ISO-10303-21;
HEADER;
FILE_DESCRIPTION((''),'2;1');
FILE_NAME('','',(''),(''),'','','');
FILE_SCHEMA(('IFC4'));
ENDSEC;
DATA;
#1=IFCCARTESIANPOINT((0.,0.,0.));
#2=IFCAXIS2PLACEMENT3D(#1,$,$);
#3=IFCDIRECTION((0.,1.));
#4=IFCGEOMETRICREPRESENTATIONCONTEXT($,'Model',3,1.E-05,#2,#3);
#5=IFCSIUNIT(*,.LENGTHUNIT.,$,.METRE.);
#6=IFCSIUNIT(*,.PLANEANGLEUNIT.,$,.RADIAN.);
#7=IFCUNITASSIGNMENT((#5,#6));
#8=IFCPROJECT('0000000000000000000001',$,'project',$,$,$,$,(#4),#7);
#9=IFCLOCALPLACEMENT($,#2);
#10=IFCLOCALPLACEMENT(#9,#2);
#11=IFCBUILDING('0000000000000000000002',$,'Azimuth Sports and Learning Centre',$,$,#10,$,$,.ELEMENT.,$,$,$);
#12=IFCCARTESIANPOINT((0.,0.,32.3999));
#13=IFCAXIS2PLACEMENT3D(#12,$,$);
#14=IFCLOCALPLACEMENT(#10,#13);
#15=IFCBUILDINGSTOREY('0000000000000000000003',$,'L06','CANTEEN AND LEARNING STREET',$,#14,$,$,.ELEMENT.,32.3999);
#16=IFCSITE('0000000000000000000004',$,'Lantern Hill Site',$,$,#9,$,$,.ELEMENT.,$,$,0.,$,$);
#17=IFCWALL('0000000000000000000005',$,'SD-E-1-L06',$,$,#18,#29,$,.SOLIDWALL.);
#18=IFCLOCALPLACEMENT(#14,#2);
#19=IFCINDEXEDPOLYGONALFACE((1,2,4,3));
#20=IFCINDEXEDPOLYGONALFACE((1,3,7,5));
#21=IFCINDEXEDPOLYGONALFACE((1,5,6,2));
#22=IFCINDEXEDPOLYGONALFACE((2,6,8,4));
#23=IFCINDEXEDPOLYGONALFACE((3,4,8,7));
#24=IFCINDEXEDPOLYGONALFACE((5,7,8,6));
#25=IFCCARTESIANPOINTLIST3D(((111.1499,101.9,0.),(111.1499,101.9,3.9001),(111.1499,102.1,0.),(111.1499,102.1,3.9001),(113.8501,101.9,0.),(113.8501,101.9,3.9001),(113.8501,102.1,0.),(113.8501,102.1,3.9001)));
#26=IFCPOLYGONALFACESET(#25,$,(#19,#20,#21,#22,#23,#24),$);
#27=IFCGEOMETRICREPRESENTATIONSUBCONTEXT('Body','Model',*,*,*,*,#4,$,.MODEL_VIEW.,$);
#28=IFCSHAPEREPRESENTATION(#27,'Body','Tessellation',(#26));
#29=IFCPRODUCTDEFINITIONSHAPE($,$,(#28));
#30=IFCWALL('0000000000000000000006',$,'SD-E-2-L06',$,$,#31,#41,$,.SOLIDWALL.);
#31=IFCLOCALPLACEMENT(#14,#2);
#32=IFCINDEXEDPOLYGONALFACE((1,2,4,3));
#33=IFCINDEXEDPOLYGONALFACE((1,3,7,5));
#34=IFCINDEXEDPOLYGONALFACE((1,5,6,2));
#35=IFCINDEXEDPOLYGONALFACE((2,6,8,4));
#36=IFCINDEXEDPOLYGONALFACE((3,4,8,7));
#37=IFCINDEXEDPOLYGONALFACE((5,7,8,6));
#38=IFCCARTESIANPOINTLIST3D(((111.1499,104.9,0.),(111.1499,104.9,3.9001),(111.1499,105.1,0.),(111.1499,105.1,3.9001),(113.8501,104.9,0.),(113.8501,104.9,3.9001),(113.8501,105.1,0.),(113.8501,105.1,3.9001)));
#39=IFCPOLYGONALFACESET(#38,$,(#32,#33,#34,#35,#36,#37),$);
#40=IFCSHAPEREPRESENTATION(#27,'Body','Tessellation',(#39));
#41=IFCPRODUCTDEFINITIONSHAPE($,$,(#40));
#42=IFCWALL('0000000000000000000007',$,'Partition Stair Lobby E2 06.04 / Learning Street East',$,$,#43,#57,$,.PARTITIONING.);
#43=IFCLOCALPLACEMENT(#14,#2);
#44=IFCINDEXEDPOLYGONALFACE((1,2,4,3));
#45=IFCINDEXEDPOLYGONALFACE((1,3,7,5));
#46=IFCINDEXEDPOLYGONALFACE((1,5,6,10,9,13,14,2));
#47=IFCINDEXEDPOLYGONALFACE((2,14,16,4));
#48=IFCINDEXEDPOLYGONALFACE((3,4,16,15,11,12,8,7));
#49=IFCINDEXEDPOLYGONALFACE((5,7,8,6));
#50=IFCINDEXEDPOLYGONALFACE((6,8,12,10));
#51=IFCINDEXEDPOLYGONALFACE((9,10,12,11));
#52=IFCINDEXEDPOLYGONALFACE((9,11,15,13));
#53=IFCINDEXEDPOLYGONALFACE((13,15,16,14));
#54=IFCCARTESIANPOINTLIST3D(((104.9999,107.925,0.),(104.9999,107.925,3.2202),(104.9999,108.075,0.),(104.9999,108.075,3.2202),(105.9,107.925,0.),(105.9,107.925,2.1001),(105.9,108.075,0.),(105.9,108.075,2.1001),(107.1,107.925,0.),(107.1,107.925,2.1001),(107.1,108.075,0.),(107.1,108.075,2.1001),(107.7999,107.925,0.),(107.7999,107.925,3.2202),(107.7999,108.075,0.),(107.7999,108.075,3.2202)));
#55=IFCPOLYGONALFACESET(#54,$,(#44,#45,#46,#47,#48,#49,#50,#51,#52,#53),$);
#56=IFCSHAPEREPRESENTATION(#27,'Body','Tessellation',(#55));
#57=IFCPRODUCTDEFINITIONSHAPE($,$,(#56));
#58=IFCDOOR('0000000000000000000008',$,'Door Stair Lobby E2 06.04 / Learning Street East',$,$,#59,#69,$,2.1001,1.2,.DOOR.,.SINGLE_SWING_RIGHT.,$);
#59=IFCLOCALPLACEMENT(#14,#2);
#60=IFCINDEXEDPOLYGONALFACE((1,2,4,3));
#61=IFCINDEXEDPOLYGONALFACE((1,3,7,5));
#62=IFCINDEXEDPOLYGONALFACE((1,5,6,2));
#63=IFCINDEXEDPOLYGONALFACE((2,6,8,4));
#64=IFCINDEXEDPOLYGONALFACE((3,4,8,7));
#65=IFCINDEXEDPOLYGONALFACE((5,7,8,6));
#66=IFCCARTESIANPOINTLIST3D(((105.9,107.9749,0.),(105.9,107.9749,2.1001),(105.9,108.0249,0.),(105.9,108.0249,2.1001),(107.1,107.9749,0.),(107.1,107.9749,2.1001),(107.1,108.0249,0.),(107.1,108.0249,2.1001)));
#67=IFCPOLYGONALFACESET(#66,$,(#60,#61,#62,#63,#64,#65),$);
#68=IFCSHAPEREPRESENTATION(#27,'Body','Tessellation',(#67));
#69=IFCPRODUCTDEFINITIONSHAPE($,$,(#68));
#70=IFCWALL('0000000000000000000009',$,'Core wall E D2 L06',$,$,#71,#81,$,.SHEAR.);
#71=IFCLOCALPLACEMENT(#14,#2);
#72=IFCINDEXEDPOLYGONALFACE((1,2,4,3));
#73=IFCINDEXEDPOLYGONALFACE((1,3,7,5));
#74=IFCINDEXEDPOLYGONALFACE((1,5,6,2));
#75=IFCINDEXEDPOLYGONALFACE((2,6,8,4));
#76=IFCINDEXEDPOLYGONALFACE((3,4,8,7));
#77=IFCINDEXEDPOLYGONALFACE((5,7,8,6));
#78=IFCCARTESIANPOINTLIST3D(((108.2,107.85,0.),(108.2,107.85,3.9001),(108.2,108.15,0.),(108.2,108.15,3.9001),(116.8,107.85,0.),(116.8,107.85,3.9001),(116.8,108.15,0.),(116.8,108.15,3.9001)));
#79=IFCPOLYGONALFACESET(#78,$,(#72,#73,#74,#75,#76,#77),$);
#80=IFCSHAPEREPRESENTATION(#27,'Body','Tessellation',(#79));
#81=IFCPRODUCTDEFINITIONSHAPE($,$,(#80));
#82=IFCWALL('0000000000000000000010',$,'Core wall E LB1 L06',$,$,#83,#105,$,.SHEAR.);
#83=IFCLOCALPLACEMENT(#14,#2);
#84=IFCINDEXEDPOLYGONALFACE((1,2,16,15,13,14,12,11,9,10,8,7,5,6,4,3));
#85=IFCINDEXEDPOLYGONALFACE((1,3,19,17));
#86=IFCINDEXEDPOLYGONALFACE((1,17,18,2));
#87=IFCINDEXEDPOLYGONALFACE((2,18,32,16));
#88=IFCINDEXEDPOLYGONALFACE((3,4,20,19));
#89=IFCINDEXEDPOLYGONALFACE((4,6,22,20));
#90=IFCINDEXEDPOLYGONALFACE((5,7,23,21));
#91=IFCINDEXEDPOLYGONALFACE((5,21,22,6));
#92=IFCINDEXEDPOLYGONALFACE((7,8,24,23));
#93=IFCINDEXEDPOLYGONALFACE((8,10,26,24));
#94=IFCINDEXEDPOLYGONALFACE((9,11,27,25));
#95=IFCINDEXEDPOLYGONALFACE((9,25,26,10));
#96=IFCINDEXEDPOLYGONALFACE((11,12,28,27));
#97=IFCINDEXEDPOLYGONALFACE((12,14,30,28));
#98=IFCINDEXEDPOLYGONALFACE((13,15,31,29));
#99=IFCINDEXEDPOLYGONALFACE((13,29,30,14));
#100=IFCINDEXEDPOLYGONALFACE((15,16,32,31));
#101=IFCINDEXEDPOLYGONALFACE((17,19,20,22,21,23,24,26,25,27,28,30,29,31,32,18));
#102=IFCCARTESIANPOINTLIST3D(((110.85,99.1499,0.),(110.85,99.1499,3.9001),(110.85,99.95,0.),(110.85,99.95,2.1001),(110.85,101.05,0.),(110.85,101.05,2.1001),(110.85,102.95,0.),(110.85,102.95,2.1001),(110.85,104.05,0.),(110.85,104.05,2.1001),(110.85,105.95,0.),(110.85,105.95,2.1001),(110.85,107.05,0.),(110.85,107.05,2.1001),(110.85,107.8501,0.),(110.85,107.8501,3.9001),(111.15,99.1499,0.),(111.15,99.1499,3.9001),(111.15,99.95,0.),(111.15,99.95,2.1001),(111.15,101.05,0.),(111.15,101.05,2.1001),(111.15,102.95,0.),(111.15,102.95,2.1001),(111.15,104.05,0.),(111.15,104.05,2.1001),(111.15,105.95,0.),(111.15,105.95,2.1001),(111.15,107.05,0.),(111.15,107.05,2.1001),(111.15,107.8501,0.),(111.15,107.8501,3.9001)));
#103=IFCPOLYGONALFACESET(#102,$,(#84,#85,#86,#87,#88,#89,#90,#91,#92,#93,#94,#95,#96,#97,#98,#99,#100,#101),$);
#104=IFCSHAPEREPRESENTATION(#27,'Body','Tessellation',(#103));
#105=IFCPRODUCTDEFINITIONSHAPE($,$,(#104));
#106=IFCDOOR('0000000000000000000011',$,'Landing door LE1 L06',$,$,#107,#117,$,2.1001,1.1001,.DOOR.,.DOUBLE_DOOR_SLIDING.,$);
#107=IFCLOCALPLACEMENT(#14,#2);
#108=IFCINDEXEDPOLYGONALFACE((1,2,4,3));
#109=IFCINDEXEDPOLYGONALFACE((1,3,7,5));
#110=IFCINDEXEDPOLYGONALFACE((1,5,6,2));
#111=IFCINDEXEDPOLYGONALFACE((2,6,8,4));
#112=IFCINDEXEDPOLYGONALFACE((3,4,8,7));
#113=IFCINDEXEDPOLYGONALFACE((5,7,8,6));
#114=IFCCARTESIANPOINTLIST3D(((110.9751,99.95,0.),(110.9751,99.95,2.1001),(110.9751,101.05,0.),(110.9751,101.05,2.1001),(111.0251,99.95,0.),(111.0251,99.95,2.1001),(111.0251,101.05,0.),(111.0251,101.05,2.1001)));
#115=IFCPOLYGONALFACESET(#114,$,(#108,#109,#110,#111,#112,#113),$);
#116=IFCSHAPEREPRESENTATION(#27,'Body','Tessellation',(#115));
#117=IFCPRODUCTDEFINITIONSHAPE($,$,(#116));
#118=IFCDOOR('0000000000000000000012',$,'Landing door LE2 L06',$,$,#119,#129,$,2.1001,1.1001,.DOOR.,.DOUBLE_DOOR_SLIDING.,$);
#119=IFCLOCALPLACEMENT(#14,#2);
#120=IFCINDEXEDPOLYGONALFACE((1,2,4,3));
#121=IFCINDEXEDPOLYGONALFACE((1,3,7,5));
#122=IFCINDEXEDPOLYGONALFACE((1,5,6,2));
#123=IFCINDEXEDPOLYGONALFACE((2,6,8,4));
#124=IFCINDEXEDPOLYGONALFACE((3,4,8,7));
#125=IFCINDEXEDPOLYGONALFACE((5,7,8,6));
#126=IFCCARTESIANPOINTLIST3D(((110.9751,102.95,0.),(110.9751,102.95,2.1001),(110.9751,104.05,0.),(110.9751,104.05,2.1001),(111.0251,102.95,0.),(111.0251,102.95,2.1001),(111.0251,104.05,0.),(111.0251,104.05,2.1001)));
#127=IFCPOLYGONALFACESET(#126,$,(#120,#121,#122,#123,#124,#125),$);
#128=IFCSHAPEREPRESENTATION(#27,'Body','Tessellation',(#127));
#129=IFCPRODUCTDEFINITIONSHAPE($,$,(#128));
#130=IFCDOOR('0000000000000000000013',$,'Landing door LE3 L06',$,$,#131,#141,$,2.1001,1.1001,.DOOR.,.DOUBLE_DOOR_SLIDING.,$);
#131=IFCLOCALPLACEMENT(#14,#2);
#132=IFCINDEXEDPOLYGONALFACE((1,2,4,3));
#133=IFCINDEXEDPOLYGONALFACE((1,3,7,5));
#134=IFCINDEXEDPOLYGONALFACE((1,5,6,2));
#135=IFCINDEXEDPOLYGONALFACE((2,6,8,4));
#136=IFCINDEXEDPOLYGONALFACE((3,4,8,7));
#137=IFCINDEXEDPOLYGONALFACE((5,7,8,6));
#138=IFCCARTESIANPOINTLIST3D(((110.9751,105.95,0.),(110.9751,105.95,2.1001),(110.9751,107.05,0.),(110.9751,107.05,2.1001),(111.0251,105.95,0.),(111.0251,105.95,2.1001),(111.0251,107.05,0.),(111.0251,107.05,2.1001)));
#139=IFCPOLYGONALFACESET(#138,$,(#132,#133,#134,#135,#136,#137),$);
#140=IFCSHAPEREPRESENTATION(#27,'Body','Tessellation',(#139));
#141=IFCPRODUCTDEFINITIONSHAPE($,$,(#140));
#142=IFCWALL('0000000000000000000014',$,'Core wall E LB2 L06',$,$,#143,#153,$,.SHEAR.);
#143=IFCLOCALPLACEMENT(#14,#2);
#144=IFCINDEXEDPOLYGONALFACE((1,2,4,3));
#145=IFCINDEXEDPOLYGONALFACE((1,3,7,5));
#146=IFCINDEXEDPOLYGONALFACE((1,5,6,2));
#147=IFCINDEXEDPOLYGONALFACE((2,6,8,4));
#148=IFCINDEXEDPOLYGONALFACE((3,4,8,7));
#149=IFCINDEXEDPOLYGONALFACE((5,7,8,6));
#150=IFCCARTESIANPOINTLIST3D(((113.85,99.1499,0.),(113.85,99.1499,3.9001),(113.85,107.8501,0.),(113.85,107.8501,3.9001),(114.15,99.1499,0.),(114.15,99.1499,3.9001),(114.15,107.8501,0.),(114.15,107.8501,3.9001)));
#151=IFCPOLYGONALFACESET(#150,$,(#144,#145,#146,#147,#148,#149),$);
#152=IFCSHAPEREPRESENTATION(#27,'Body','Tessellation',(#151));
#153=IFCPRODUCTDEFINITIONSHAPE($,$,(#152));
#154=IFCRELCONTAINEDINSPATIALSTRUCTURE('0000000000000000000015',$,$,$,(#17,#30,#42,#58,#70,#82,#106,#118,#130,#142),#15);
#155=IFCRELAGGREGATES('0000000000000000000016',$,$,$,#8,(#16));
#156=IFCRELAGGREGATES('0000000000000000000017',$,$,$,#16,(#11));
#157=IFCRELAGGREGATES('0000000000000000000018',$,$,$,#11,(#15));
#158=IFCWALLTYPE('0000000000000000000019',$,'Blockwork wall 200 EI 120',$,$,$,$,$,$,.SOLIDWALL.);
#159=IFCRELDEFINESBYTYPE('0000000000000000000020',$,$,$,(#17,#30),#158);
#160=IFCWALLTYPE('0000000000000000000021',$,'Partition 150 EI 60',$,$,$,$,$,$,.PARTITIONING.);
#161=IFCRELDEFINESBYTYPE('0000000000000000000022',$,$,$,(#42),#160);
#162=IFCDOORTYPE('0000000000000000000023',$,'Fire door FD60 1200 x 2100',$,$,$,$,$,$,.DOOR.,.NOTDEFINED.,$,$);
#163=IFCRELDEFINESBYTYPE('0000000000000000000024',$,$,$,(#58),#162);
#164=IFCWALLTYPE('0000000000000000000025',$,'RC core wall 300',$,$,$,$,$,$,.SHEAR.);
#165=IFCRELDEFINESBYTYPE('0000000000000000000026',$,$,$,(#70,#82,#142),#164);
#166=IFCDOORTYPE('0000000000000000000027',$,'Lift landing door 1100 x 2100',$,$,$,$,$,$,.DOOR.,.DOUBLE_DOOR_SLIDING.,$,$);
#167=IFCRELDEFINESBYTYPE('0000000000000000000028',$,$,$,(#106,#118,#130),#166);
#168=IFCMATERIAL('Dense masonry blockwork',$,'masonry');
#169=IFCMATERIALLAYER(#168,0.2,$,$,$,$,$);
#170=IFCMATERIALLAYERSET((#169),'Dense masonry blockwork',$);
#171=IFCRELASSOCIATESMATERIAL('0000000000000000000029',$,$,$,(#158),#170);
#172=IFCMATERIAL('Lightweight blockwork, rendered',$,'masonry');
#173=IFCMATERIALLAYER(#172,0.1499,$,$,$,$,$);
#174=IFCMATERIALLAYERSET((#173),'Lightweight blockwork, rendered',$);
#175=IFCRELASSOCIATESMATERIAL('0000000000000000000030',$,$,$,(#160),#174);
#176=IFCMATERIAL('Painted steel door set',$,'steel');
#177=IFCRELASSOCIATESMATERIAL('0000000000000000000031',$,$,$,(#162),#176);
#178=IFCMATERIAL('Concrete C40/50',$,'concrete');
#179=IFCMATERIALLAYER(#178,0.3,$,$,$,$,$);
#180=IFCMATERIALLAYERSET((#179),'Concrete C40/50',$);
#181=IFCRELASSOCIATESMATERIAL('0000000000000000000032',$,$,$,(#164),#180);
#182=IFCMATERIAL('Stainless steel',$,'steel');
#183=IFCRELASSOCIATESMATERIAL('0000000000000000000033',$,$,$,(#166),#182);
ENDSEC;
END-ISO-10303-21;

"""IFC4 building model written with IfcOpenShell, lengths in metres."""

from ifc_helpers import new_model, si_unit, direction, frame, frame_2d, origin, place, context, subcontext, project, spatial, rectangle, extrude, material, layer, layer_set, type_object, element, fill, save


model = new_model("IFC4")

# Units and contexts
model_context = context("Model", 3, precision=1e-05, world=origin(), true_north=direction((0.0, 1.0)))
body_context = subcontext(model_context, "Body", "Model", "MODEL_VIEW")
ifc_project = project(units=[si_unit("LENGTHUNIT", "METRE"), si_unit("PLANEANGLEUNIT", "RADIAN")], contexts=[model_context])

# Site, building, storey
site_placement = place(None, origin())
site = spatial("IfcSite", under=ifc_project, at=site_placement, Name="Lantern Hill Site", CompositionType="ELEMENT", RefElevation=0.0)
building_placement = place(site_placement, origin())
building = spatial("IfcBuilding", under=site, at=building_placement, Name="Azimuth Sports and Learning Centre", CompositionType="ELEMENT")
storey_placement = place(building_placement, frame((0.0, 0.0, 32.3999)))
storey = spatial("IfcBuildingStorey", under=building, at=storey_placement, Name="L06", Description="CANTEEN AND LEARNING STREET", CompositionType="ELEMENT", Elevation=32.3999)

# Walls
ifc_material_1 = material(Name="Dense masonry blockwork", Category="masonry")
ifc_layer_1 = layer(ifc_material_1, 0.2)
ifc_layer_set_1 = layer_set([ifc_layer_1], Name="Dense masonry blockwork")
wall_type_1 = type_object("IfcWallType", Name="Blockwork wall 200 EI 120", PredefinedType="SOLIDWALL", material=ifc_layer_set_1)
for number, where, z_axis, x_axis, name in (
    (1, (111.1499, 102.0, 0.0), (0.0, 0.0, 1.0), (1.0, 0.0, 0.0), "SD-E-1-L06"),
    (2, (111.1499, 105.0, 0.0), (0.0, 0.0, 1.0), (1.0, 0.0, 0.0), "SD-E-2-L06"),
):
    element("IfcWall", number, at=place(storey_placement, frame(where, z_axis=z_axis, x_axis=x_axis)), inside=storey, type_object=wall_type_1, Name=name, PredefinedType="SOLIDWALL", context=body_context, shape_type="SweptSolid", body=[
        extrude(rectangle(XDim=2.7002, YDim=0.2, at=frame_2d((1.3501, 0.0))), origin(), (0.0, 0.0, 1.0), 3.9001),
    ])

# Wall, opening, door
ifc_material_2 = material(Name="Lightweight blockwork, rendered", Category="masonry")
ifc_layer_2 = layer(ifc_material_2, 0.1499)
ifc_layer_set_2 = layer_set([ifc_layer_2], Name="Lightweight blockwork, rendered")
wall_type_2 = type_object("IfcWallType", Name="Partition 150 EI 60", PredefinedType="PARTITIONING", material=ifc_layer_set_2)
wall_1_placement = place(storey_placement, frame((105.0, 108.0, 0.0), z_axis=(0.0, 0.0, 1.0), x_axis=(1.0, 0.0, 0.0)))
wall_1 = element("IfcWall", 3, at=wall_1_placement, inside=storey, type_object=wall_type_2, Name="Partition Stair Lobby E2 06.04 / Learning Street East", PredefinedType="PARTITIONING", context=body_context, shape_type="SweptSolid", body=[
    extrude(rectangle(XDim=2.8, YDim=0.1499, at=frame_2d((1.3999, 0.0))), origin(), (0.0, 0.0, 1.0), 3.2202),
])
opening_1_placement = place(wall_1_placement, frame((0.8999, 0.0, 0.0)))
opening_1 = element("IfcOpeningElement", 4, at=opening_1_placement, cuts=wall_1, PredefinedType="OPENING", context=body_context, shape_type="SweptSolid", body=[
    extrude(rectangle(XDim=1.2, YDim=2.1001, at=frame_2d((0.6001, 1.05))), frame((0.0, 0.0859, 0.0), z_axis=(0.0, -1.0, 0.0), x_axis=(1.0, 0.0, 0.0)), (0.0, 0.0, 1.0), 0.1719),
])
ifc_material_3 = material(Name="Painted steel door set", Category="steel")
door_type_1 = type_object("IfcDoorType", Name="Fire door FD60 1200 x 2100", OperationType="NOTDEFINED", PredefinedType="DOOR", material=ifc_material_3)
door_1_placement = place(opening_1_placement, origin())
door_1 = element("IfcDoor", 5, at=door_1_placement, inside=storey, type_object=door_type_1, Name="Door Stair Lobby E2 06.04 / Learning Street East", OperationType="SINGLE_SWING_RIGHT", OverallHeight=2.1001, OverallWidth=1.2, PredefinedType="DOOR", context=body_context, shape_type="SweptSolid", body=[
    extrude(rectangle(XDim=1.2, YDim=2.1001, at=frame_2d((0.6001, 1.05))), frame((0.0, 0.0249, 0.0), z_axis=(0.0, -1.0, 0.0), x_axis=(1.0, 0.0, 0.0)), (0.0, 0.0, 1.0), 0.05),
])
fill(opening_1, door_1)

# Wall
ifc_material_4 = material(Name="Concrete C40/50", Category="concrete")
ifc_layer_3 = layer(ifc_material_4, 0.3)
ifc_layer_set_3 = layer_set([ifc_layer_3], Name="Concrete C40/50")
wall_type_3 = type_object("IfcWallType", Name="RC core wall 300", PredefinedType="SHEAR", material=ifc_layer_set_3)
wall_2_placement = place(storey_placement, frame((108.2, 108.0, 0.0), z_axis=(0.0, 0.0, 1.0), x_axis=(1.0, 0.0, 0.0)))
element("IfcWall", 6, at=wall_2_placement, inside=storey, type_object=wall_type_3, Name="Core wall E D2 L06", PredefinedType="SHEAR", context=body_context, shape_type="SweptSolid", body=[
    extrude(rectangle(XDim=8.6001, YDim=0.3, at=frame_2d((4.3, 0.0))), origin(), (0.0, 0.0, 1.0), 3.9001),
])

# Wall, openings, doors
wall_3_placement = place(storey_placement, frame((111.0, 99.1499, 0.0), z_axis=(0.0, 0.0, 1.0), x_axis=(0.0, 1.0, 0.0)))
wall_3 = element("IfcWall", 7, at=wall_3_placement, inside=storey, type_object=wall_type_3, Name="Core wall E LB1 L06", PredefinedType="SHEAR", context=body_context, shape_type="SweptSolid", body=[
    extrude(rectangle(XDim=8.7002, YDim=0.3, at=frame_2d((4.3501, 0.0))), origin(), (0.0, 0.0, 1.0), 3.9001),
])
opening_2_placement = place(wall_3_placement, frame((0.8, 0.0, 0.0)))
opening_2 = element("IfcOpeningElement", 8, at=opening_2_placement, cuts=wall_3, PredefinedType="OPENING", context=body_context, shape_type="SweptSolid", body=[
    extrude(rectangle(XDim=1.1001, YDim=2.1001, at=frame_2d((0.55, 1.05))), frame((0.0, 0.1611, 0.0), z_axis=(0.0, -1.0, 0.0), x_axis=(1.0, 0.0, 0.0)), (0.0, 0.0, 1.0), 0.322),
])
opening_3_placement = place(wall_3_placement, frame((3.8, 0.0, 0.0)))
opening_3 = element("IfcOpeningElement", 9, at=opening_3_placement, cuts=wall_3, PredefinedType="OPENING", context=body_context, shape_type="SweptSolid", body=[
    extrude(rectangle(XDim=1.1001, YDim=2.1001, at=frame_2d((0.55, 1.05))), frame((0.0, 0.1611, 0.0), z_axis=(0.0, -1.0, 0.0), x_axis=(1.0, 0.0, 0.0)), (0.0, 0.0, 1.0), 0.322),
])
opening_4_placement = place(wall_3_placement, frame((6.8, 0.0, 0.0)))
opening_4 = element("IfcOpeningElement", 10, at=opening_4_placement, cuts=wall_3, PredefinedType="OPENING", context=body_context, shape_type="SweptSolid", body=[
    extrude(rectangle(XDim=1.1001, YDim=2.1001, at=frame_2d((0.55, 1.05))), frame((0.0, 0.1611, 0.0), z_axis=(0.0, -1.0, 0.0), x_axis=(1.0, 0.0, 0.0)), (0.0, 0.0, 1.0), 0.322),
])
ifc_material_5 = material(Name="Stainless steel", Category="steel")
door_type_2 = type_object("IfcDoorType", Name="Lift landing door 1100 x 2100", OperationType="DOUBLE_DOOR_SLIDING", PredefinedType="DOOR", material=ifc_material_5)
door_2_placement = place(opening_2_placement, origin())
door_2 = element("IfcDoor", 11, at=door_2_placement, inside=storey, type_object=door_type_2, Name="Landing door LE1 L06", OperationType="DOUBLE_DOOR_SLIDING", OverallHeight=2.1001, OverallWidth=1.1001, PredefinedType="DOOR", context=body_context, shape_type="SweptSolid", body=[
    extrude(rectangle(XDim=1.1001, YDim=2.1001, at=frame_2d((0.55, 1.05))), frame((0.0, 0.0249, 0.0), z_axis=(0.0, -1.0, 0.0), x_axis=(1.0, 0.0, 0.0)), (0.0, 0.0, 1.0), 0.05),
])
fill(opening_2, door_2)
door_3_placement = place(opening_3_placement, origin())
door_3 = element("IfcDoor", 12, at=door_3_placement, inside=storey, type_object=door_type_2, Name="Landing door LE2 L06", OperationType="DOUBLE_DOOR_SLIDING", OverallHeight=2.1001, OverallWidth=1.1001, PredefinedType="DOOR", context=body_context, shape_type="SweptSolid", body=[
    extrude(rectangle(XDim=1.1001, YDim=2.1001, at=frame_2d((0.55, 1.05))), frame((0.0, 0.0249, 0.0), z_axis=(0.0, -1.0, 0.0), x_axis=(1.0, 0.0, 0.0)), (0.0, 0.0, 1.0), 0.05),
])
fill(opening_3, door_3)
door_4_placement = place(opening_4_placement, origin())
door_4 = element("IfcDoor", 13, at=door_4_placement, inside=storey, type_object=door_type_2, Name="Landing door LE3 L06", OperationType="DOUBLE_DOOR_SLIDING", OverallHeight=2.1001, OverallWidth=1.1001, PredefinedType="DOOR", context=body_context, shape_type="SweptSolid", body=[
    extrude(rectangle(XDim=1.1001, YDim=2.1001, at=frame_2d((0.55, 1.05))), frame((0.0, 0.0249, 0.0), z_axis=(0.0, -1.0, 0.0), x_axis=(1.0, 0.0, 0.0)), (0.0, 0.0, 1.0), 0.05),
])
fill(opening_4, door_4)

# Wall
wall_4_placement = place(storey_placement, frame((114.0, 99.1499, 0.0), z_axis=(0.0, 0.0, 1.0), x_axis=(0.0, 1.0, 0.0)))
element("IfcWall", 14, at=wall_4_placement, inside=storey, type_object=wall_type_3, Name="Core wall E LB2 L06", PredefinedType="SHEAR", context=body_context, shape_type="SweptSolid", body=[
    extrude(rectangle(XDim=8.7002, YDim=0.3, at=frame_2d((4.3501, 0.0))), origin(), (0.0, 0.0, 1.0), 3.9001),
])

save(model, "model.ifc")
